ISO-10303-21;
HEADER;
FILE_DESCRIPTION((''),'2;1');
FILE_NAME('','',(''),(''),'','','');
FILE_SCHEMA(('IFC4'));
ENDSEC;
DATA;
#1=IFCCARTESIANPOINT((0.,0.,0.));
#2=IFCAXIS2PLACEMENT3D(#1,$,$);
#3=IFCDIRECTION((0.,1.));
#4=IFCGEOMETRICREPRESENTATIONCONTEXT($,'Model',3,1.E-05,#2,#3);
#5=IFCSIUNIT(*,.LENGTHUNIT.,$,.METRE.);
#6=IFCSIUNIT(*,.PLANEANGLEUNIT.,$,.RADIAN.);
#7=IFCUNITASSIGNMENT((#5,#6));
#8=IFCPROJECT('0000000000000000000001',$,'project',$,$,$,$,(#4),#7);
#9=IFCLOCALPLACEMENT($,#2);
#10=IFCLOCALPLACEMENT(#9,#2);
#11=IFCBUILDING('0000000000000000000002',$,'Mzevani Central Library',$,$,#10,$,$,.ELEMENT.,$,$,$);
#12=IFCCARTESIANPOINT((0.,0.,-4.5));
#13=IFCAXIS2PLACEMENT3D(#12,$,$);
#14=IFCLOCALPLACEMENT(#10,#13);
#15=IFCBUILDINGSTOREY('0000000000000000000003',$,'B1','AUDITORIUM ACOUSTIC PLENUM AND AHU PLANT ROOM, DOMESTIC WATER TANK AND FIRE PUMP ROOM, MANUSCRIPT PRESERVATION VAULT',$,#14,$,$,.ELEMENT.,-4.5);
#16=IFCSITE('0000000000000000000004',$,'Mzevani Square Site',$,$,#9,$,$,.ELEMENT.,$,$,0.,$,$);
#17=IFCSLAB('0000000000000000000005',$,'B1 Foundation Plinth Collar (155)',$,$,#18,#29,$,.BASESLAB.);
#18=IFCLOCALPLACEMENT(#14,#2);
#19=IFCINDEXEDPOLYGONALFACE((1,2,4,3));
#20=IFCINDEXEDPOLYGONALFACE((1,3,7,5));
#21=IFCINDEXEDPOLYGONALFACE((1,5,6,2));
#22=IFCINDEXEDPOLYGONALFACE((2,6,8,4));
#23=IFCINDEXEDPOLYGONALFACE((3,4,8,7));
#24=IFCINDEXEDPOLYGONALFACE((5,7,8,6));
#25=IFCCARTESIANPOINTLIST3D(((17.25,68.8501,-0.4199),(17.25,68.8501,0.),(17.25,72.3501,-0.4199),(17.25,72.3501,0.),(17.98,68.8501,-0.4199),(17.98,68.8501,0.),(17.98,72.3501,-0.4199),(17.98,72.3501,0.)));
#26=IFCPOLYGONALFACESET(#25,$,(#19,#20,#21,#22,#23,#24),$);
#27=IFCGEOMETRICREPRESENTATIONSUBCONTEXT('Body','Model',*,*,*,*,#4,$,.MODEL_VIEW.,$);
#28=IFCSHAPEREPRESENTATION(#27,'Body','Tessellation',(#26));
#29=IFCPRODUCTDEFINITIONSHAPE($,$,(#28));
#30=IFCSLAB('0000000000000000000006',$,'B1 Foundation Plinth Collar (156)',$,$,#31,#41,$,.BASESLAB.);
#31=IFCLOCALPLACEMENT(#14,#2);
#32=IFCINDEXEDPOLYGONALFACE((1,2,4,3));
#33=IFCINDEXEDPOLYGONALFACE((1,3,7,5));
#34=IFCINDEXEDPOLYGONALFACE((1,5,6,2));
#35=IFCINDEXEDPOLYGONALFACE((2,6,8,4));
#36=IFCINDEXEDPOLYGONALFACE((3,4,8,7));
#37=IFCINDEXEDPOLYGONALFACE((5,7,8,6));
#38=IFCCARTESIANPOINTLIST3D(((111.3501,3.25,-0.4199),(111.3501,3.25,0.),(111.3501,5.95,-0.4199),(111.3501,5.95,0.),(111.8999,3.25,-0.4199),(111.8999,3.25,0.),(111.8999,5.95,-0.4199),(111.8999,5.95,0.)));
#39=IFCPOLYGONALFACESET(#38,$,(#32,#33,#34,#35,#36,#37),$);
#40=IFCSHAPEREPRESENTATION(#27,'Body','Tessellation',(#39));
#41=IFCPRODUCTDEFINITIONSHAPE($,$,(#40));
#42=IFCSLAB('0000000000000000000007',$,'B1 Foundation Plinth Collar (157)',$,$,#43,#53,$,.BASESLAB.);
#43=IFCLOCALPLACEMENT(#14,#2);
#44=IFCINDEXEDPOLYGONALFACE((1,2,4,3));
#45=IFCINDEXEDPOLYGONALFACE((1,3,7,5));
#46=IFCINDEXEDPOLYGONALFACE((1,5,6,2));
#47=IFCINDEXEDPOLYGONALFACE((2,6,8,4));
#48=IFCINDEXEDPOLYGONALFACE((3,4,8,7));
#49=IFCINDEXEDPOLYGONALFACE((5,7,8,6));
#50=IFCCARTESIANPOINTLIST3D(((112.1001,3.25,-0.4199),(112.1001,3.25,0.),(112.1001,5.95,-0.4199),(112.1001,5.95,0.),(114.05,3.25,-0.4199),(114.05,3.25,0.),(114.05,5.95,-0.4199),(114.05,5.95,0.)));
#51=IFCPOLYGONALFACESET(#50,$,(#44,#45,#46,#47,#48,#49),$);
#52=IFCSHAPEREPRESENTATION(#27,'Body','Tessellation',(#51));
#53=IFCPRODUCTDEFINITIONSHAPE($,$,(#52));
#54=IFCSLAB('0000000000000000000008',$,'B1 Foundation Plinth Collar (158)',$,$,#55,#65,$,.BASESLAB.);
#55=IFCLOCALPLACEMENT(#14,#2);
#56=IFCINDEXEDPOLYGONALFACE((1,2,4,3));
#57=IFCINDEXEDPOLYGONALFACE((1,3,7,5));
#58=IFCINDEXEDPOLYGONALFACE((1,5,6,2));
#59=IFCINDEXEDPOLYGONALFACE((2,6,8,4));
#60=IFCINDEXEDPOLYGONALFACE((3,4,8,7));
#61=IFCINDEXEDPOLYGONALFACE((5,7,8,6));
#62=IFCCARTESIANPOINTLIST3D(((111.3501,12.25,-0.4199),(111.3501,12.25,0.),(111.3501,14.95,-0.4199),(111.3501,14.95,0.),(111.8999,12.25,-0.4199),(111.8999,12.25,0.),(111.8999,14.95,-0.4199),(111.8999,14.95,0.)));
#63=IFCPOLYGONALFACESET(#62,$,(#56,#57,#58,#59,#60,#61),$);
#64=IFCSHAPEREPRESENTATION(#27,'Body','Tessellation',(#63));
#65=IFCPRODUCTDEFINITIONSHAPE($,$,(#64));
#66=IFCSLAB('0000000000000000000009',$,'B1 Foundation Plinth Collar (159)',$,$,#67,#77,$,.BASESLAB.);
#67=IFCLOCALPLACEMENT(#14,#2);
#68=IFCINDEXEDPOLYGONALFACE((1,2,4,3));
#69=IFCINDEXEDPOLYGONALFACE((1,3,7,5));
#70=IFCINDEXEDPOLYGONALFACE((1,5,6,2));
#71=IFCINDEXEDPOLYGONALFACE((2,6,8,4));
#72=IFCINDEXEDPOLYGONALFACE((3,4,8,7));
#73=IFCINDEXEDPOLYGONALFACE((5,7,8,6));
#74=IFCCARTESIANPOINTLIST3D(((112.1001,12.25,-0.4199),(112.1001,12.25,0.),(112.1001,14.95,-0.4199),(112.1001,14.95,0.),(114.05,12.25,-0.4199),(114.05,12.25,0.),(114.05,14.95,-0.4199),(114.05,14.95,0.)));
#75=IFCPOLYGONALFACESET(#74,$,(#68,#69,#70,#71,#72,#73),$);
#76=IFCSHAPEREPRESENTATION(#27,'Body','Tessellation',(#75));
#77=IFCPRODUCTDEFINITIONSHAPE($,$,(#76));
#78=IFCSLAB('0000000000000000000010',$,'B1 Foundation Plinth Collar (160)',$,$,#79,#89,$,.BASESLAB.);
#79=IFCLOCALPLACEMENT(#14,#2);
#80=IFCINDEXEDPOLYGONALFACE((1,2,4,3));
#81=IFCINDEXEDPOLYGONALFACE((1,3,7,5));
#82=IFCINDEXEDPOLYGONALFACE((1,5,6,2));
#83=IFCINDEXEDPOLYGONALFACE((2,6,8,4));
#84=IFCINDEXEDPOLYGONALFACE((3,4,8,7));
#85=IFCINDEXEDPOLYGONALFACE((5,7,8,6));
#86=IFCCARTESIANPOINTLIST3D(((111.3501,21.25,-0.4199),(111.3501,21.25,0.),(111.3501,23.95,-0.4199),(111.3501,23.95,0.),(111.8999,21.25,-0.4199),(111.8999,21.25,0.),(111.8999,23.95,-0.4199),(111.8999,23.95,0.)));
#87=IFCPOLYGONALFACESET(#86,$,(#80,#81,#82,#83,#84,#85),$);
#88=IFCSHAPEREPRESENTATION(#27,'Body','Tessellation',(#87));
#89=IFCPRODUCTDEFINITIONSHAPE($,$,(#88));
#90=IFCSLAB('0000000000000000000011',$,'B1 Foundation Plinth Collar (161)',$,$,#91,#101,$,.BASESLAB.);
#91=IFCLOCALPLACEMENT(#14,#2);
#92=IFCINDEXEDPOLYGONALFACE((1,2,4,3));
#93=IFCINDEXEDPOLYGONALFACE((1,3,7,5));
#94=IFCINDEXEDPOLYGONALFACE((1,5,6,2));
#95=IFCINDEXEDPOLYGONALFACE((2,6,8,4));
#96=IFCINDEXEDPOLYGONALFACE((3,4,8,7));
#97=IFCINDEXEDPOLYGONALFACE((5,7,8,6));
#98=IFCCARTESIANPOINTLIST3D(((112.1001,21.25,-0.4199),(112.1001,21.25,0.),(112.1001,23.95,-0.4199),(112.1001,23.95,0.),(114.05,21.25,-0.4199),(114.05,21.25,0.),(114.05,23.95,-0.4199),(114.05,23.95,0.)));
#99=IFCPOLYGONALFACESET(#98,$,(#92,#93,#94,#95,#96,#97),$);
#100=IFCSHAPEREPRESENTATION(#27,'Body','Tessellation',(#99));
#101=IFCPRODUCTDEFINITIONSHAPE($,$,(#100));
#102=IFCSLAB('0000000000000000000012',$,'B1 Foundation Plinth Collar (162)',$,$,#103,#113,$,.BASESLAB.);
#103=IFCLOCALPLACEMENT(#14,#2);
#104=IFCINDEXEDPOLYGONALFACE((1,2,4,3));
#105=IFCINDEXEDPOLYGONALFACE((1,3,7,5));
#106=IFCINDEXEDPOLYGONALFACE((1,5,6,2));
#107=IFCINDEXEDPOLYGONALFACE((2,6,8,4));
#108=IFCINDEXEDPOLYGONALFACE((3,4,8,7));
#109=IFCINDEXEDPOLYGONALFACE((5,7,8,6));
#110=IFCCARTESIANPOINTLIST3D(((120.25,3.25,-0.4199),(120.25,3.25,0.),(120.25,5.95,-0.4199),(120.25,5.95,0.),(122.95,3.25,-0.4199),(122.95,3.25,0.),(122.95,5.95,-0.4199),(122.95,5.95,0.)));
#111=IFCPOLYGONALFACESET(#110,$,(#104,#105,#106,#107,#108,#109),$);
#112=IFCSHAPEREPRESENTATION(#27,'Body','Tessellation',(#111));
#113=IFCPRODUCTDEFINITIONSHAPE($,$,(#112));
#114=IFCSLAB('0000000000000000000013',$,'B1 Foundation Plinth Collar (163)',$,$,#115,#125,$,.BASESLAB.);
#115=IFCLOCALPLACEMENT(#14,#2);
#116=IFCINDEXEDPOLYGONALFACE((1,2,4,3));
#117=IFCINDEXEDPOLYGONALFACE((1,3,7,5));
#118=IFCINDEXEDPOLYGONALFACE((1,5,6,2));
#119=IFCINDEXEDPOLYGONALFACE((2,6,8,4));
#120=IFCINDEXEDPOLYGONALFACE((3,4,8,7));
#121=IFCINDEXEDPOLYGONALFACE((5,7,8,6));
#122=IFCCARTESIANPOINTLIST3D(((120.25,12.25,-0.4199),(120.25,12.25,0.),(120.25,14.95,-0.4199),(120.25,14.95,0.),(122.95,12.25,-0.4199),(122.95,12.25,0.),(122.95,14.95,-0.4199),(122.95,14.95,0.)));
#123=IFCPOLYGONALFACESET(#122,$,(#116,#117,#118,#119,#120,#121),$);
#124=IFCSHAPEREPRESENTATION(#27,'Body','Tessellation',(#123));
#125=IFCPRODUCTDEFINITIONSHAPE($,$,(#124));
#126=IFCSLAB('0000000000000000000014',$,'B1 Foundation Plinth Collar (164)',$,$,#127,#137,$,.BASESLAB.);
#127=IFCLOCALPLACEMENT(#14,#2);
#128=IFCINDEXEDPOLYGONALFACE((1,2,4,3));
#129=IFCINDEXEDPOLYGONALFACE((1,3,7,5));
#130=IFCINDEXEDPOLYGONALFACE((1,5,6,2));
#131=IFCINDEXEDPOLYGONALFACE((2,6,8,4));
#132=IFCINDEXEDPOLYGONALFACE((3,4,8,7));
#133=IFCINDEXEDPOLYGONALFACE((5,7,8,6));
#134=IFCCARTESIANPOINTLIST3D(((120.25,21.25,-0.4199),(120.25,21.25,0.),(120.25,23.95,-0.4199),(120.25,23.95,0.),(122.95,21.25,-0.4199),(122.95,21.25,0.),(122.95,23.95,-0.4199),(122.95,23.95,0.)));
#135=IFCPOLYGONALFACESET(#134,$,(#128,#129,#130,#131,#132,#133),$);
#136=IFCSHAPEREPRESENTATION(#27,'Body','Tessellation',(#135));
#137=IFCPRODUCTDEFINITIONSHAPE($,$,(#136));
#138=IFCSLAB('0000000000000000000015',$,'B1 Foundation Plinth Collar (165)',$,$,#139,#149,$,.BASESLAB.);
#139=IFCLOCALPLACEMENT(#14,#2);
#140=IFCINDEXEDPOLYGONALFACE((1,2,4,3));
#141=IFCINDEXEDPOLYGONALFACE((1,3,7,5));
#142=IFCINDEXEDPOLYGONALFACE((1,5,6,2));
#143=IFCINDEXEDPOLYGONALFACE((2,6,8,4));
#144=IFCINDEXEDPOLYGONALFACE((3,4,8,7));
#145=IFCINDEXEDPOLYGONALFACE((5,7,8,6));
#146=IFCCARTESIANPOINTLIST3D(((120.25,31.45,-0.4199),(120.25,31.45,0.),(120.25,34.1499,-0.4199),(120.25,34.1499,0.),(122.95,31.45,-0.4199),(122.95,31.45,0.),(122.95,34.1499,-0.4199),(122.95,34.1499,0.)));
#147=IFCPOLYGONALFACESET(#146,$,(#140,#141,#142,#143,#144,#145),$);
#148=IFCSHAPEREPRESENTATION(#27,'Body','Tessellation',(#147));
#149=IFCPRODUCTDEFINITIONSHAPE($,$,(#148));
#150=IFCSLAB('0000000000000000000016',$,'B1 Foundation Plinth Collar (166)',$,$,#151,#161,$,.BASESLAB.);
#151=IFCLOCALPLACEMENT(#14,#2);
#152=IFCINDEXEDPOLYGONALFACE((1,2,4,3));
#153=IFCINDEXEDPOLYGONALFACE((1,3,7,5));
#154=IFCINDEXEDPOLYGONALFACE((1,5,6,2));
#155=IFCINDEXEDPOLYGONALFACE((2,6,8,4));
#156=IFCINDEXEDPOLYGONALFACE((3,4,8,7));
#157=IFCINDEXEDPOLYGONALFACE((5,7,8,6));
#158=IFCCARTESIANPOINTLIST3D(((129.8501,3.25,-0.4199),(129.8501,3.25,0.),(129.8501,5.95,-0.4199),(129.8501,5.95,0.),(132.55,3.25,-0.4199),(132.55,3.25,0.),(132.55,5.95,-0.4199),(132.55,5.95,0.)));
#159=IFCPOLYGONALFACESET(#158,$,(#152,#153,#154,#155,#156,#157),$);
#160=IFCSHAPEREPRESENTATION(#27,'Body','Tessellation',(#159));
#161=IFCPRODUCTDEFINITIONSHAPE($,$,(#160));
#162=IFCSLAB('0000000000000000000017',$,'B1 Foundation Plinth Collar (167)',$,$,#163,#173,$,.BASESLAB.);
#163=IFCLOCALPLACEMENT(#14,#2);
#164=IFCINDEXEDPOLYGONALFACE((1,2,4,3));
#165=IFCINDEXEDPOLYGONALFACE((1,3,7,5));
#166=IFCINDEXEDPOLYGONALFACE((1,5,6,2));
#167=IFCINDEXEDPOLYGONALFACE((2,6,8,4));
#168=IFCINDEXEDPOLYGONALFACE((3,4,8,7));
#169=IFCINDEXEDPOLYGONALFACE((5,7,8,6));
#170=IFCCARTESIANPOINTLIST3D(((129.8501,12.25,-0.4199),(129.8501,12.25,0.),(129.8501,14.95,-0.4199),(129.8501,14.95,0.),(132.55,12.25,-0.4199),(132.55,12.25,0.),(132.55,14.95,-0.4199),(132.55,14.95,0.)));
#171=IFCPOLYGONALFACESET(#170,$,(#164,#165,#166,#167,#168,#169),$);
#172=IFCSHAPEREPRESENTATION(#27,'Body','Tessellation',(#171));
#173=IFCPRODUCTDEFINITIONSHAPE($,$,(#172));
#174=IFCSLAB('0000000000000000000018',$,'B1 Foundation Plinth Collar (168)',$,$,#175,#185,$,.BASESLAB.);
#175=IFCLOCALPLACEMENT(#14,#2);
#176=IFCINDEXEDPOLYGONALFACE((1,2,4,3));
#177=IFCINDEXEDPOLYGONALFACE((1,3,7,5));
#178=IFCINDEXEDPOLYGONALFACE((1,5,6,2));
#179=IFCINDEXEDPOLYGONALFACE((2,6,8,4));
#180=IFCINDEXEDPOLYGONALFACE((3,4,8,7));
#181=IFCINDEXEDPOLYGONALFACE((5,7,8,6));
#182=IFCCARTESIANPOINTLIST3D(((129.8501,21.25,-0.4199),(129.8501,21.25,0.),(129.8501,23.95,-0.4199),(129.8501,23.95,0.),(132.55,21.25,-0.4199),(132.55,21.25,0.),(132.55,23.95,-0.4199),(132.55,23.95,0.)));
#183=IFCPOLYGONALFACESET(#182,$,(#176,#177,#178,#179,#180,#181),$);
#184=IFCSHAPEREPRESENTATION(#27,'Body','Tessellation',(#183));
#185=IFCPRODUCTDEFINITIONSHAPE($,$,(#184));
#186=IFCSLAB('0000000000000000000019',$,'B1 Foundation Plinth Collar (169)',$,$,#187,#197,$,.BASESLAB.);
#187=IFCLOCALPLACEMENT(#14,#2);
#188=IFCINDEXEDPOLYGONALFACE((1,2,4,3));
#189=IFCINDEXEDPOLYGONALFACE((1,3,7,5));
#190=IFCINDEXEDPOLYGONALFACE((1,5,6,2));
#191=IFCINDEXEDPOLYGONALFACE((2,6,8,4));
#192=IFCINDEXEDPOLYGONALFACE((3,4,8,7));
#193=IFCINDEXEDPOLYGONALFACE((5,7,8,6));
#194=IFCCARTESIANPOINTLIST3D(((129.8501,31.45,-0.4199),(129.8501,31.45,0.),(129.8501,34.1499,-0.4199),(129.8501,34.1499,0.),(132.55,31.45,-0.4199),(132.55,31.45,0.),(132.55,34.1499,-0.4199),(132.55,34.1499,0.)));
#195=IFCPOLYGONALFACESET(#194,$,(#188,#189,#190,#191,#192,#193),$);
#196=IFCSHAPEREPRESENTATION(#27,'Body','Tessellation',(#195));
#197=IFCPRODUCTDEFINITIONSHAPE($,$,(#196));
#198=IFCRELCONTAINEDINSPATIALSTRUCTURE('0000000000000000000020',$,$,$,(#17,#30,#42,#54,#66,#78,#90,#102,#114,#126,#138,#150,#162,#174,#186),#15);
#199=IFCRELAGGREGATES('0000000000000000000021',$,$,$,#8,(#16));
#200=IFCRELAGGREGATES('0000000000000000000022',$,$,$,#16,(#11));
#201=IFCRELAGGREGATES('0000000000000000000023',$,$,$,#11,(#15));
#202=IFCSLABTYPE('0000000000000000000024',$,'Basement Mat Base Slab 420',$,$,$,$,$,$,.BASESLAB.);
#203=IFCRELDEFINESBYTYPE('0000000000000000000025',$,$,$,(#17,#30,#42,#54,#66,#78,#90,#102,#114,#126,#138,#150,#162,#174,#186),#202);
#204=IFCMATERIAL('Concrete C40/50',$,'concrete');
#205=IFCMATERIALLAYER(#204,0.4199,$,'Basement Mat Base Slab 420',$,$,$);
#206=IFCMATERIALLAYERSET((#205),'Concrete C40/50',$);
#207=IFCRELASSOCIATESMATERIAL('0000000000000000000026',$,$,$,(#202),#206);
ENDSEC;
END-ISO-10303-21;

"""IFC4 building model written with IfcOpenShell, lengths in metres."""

from ifc_helpers import new_model, si_unit, direction, frame, origin, place, context, subcontext, project, spatial, polyline, outline, extrude, material, layer, layer_set, type_object, element, save


model = new_model("IFC4")

# Units and contexts
model_context = context("Model", 3, precision=1e-05, world=origin(), true_north=direction((0.0, 1.0)))
body_context = subcontext(model_context, "Body", "Model", "MODEL_VIEW")
ifc_project = project(units=[si_unit("LENGTHUNIT", "METRE"), si_unit("PLANEANGLEUNIT", "RADIAN")], contexts=[model_context])

# Site, building, storey
site_placement = place(None, origin())
site = spatial("IfcSite", under=ifc_project, at=site_placement, Name="Mzevani Square Site", CompositionType="ELEMENT", RefElevation=0.0)
building_placement = place(site_placement, origin())
building = spatial("IfcBuilding", under=site, at=building_placement, Name="Mzevani Central Library", CompositionType="ELEMENT")
storey_placement = place(building_placement, frame((0.0, 0.0, -4.5)))
storey = spatial("IfcBuildingStorey", under=building, at=storey_placement, Name="B1", Description="AUDITORIUM ACOUSTIC PLENUM AND AHU PLANT ROOM, DOMESTIC WATER TANK AND FIRE PUMP ROOM, MANUSCRIPT PRESERVATION VAULT", CompositionType="ELEMENT", Elevation=-4.5)

# Slabs
ifc_material = material(Name="Concrete C40/50", Category="concrete")
ifc_layer = layer(ifc_material, 0.4199, Name="Basement Mat Base Slab 420")
ifc_layer_set = layer_set([ifc_layer], Name="Concrete C40/50")
slab_type = type_object("IfcSlabType", Name="Basement Mat Base Slab 420", PredefinedType="BASESLAB", material=ifc_layer_set)
slab_1_placement = place(storey_placement, frame((0.0, 0.0, -0.4199)))
element("IfcSlab", 1, at=slab_1_placement, inside=storey, type_object=slab_type, Name="B1 Foundation Plinth Collar (155)", PredefinedType="BASESLAB", context=body_context, shape_type="SweptSolid", body=[
    extrude(outline(polyline([(17.25, 72.3501), (17.98, 72.3501), (17.98, 68.8501), (17.25, 68.8501), (17.25, 72.3501)])), origin(), (0.0, 0.0, 1.0), 0.4199),
])
slab_2_placement = place(storey_placement, frame((0.0, 0.0, -0.4199)))
element("IfcSlab", 2, at=slab_2_placement, inside=storey, type_object=slab_type, Name="B1 Foundation Plinth Collar (156)", PredefinedType="BASESLAB", context=body_context, shape_type="SweptSolid", body=[
    extrude(outline(polyline([(111.3501, 5.95), (111.8999, 5.95), (111.8999, 3.25), (111.3501, 3.25), (111.3501, 5.95)])), origin(), (0.0, 0.0, 1.0), 0.4199),
])
slab_3_placement = place(storey_placement, frame((0.0, 0.0, -0.4199)))
element("IfcSlab", 3, at=slab_3_placement, inside=storey, type_object=slab_type, Name="B1 Foundation Plinth Collar (157)", PredefinedType="BASESLAB", context=body_context, shape_type="SweptSolid", body=[
    extrude(outline(polyline([(114.05, 5.95), (114.05, 3.25), (112.1001, 3.25), (112.1001, 5.95), (114.05, 5.95)])), origin(), (0.0, 0.0, 1.0), 0.4199),
])
slab_4_placement = place(storey_placement, frame((0.0, 0.0, -0.4199)))
element("IfcSlab", 4, at=slab_4_placement, inside=storey, type_object=slab_type, Name="B1 Foundation Plinth Collar (158)", PredefinedType="BASESLAB", context=body_context, shape_type="SweptSolid", body=[
    extrude(outline(polyline([(111.3501, 14.95), (111.8999, 14.95), (111.8999, 12.25), (111.3501, 12.25), (111.3501, 14.95)])), origin(), (0.0, 0.0, 1.0), 0.4199),
])
slab_5_placement = place(storey_placement, frame((0.0, 0.0, -0.4199)))
element("IfcSlab", 5, at=slab_5_placement, inside=storey, type_object=slab_type, Name="B1 Foundation Plinth Collar (159)", PredefinedType="BASESLAB", context=body_context, shape_type="SweptSolid", body=[
    extrude(outline(polyline([(114.05, 14.95), (114.05, 12.25), (112.1001, 12.25), (112.1001, 14.95), (114.05, 14.95)])), origin(), (0.0, 0.0, 1.0), 0.4199),
])
slab_6_placement = place(storey_placement, frame((0.0, 0.0, -0.4199)))
element("IfcSlab", 6, at=slab_6_placement, inside=storey, type_object=slab_type, Name="B1 Foundation Plinth Collar (160)", PredefinedType="BASESLAB", context=body_context, shape_type="SweptSolid", body=[
    extrude(outline(polyline([(111.3501, 23.95), (111.8999, 23.95), (111.8999, 21.25), (111.3501, 21.25), (111.3501, 23.95)])), origin(), (0.0, 0.0, 1.0), 0.4199),
])
slab_7_placement = place(storey_placement, frame((0.0, 0.0, -0.4199)))
element("IfcSlab", 7, at=slab_7_placement, inside=storey, type_object=slab_type, Name="B1 Foundation Plinth Collar (161)", PredefinedType="BASESLAB", context=body_context, shape_type="SweptSolid", body=[
    extrude(outline(polyline([(114.05, 23.95), (114.05, 21.25), (112.1001, 21.25), (112.1001, 23.95), (114.05, 23.95)])), origin(), (0.0, 0.0, 1.0), 0.4199),
])
slab_8_placement = place(storey_placement, frame((0.0, 0.0, -0.4199)))
element("IfcSlab", 8, at=slab_8_placement, inside=storey, type_object=slab_type, Name="B1 Foundation Plinth Collar (162)", PredefinedType="BASESLAB", context=body_context, shape_type="SweptSolid", body=[
    extrude(outline(polyline([(120.25, 5.95), (122.95, 5.95), (122.95, 3.25), (120.25, 3.25), (120.25, 5.95)])), origin(), (0.0, 0.0, 1.0), 0.4199),
])
slab_9_placement = place(storey_placement, frame((0.0, 0.0, -0.4199)))
element("IfcSlab", 9, at=slab_9_placement, inside=storey, type_object=slab_type, Name="B1 Foundation Plinth Collar (163)", PredefinedType="BASESLAB", context=body_context, shape_type="SweptSolid", body=[
    extrude(outline(polyline([(120.25, 14.95), (122.95, 14.95), (122.95, 12.25), (120.25, 12.25), (120.25, 14.95)])), origin(), (0.0, 0.0, 1.0), 0.4199),
])
slab_10_placement = place(storey_placement, frame((0.0, 0.0, -0.4199)))
element("IfcSlab", 10, at=slab_10_placement, inside=storey, type_object=slab_type, Name="B1 Foundation Plinth Collar (164)", PredefinedType="BASESLAB", context=body_context, shape_type="SweptSolid", body=[
    extrude(outline(polyline([(120.25, 23.95), (122.95, 23.95), (122.95, 21.25), (120.25, 21.25), (120.25, 23.95)])), origin(), (0.0, 0.0, 1.0), 0.4199),
])
slab_11_placement = place(storey_placement, frame((0.0, 0.0, -0.4199)))
element("IfcSlab", 11, at=slab_11_placement, inside=storey, type_object=slab_type, Name="B1 Foundation Plinth Collar (165)", PredefinedType="BASESLAB", context=body_context, shape_type="SweptSolid", body=[
    extrude(outline(polyline([(120.25, 34.1499), (122.95, 34.1499), (122.95, 31.45), (120.25, 31.45), (120.25, 34.1499)])), origin(), (0.0, 0.0, 1.0), 0.4199),
])
slab_12_placement = place(storey_placement, frame((0.0, 0.0, -0.4199)))
element("IfcSlab", 12, at=slab_12_placement, inside=storey, type_object=slab_type, Name="B1 Foundation Plinth Collar (166)", PredefinedType="BASESLAB", context=body_context, shape_type="SweptSolid", body=[
    extrude(outline(polyline([(129.8501, 5.95), (132.55, 5.95), (132.55, 3.25), (129.8501, 3.25), (129.8501, 5.95)])), origin(), (0.0, 0.0, 1.0), 0.4199),
])
slab_13_placement = place(storey_placement, frame((0.0, 0.0, -0.4199)))
element("IfcSlab", 13, at=slab_13_placement, inside=storey, type_object=slab_type, Name="B1 Foundation Plinth Collar (167)", PredefinedType="BASESLAB", context=body_context, shape_type="SweptSolid", body=[
    extrude(outline(polyline([(129.8501, 14.95), (132.55, 14.95), (132.55, 12.25), (129.8501, 12.25), (129.8501, 14.95)])), origin(), (0.0, 0.0, 1.0), 0.4199),
])
slab_14_placement = place(storey_placement, frame((0.0, 0.0, -0.4199)))
element("IfcSlab", 14, at=slab_14_placement, inside=storey, type_object=slab_type, Name="B1 Foundation Plinth Collar (168)", PredefinedType="BASESLAB", context=body_context, shape_type="SweptSolid", body=[
    extrude(outline(polyline([(129.8501, 23.95), (132.55, 23.95), (132.55, 21.25), (129.8501, 21.25), (129.8501, 23.95)])), origin(), (0.0, 0.0, 1.0), 0.4199),
])
slab_15_placement = place(storey_placement, frame((0.0, 0.0, -0.4199)))
element("IfcSlab", 15, at=slab_15_placement, inside=storey, type_object=slab_type, Name="B1 Foundation Plinth Collar (169)", PredefinedType="BASESLAB", context=body_context, shape_type="SweptSolid", body=[
    extrude(outline(polyline([(129.8501, 34.1499), (132.55, 34.1499), (132.55, 31.45), (129.8501, 31.45), (129.8501, 34.1499)])), origin(), (0.0, 0.0, 1.0), 0.4199),
])

save(model, "model.ifc")
